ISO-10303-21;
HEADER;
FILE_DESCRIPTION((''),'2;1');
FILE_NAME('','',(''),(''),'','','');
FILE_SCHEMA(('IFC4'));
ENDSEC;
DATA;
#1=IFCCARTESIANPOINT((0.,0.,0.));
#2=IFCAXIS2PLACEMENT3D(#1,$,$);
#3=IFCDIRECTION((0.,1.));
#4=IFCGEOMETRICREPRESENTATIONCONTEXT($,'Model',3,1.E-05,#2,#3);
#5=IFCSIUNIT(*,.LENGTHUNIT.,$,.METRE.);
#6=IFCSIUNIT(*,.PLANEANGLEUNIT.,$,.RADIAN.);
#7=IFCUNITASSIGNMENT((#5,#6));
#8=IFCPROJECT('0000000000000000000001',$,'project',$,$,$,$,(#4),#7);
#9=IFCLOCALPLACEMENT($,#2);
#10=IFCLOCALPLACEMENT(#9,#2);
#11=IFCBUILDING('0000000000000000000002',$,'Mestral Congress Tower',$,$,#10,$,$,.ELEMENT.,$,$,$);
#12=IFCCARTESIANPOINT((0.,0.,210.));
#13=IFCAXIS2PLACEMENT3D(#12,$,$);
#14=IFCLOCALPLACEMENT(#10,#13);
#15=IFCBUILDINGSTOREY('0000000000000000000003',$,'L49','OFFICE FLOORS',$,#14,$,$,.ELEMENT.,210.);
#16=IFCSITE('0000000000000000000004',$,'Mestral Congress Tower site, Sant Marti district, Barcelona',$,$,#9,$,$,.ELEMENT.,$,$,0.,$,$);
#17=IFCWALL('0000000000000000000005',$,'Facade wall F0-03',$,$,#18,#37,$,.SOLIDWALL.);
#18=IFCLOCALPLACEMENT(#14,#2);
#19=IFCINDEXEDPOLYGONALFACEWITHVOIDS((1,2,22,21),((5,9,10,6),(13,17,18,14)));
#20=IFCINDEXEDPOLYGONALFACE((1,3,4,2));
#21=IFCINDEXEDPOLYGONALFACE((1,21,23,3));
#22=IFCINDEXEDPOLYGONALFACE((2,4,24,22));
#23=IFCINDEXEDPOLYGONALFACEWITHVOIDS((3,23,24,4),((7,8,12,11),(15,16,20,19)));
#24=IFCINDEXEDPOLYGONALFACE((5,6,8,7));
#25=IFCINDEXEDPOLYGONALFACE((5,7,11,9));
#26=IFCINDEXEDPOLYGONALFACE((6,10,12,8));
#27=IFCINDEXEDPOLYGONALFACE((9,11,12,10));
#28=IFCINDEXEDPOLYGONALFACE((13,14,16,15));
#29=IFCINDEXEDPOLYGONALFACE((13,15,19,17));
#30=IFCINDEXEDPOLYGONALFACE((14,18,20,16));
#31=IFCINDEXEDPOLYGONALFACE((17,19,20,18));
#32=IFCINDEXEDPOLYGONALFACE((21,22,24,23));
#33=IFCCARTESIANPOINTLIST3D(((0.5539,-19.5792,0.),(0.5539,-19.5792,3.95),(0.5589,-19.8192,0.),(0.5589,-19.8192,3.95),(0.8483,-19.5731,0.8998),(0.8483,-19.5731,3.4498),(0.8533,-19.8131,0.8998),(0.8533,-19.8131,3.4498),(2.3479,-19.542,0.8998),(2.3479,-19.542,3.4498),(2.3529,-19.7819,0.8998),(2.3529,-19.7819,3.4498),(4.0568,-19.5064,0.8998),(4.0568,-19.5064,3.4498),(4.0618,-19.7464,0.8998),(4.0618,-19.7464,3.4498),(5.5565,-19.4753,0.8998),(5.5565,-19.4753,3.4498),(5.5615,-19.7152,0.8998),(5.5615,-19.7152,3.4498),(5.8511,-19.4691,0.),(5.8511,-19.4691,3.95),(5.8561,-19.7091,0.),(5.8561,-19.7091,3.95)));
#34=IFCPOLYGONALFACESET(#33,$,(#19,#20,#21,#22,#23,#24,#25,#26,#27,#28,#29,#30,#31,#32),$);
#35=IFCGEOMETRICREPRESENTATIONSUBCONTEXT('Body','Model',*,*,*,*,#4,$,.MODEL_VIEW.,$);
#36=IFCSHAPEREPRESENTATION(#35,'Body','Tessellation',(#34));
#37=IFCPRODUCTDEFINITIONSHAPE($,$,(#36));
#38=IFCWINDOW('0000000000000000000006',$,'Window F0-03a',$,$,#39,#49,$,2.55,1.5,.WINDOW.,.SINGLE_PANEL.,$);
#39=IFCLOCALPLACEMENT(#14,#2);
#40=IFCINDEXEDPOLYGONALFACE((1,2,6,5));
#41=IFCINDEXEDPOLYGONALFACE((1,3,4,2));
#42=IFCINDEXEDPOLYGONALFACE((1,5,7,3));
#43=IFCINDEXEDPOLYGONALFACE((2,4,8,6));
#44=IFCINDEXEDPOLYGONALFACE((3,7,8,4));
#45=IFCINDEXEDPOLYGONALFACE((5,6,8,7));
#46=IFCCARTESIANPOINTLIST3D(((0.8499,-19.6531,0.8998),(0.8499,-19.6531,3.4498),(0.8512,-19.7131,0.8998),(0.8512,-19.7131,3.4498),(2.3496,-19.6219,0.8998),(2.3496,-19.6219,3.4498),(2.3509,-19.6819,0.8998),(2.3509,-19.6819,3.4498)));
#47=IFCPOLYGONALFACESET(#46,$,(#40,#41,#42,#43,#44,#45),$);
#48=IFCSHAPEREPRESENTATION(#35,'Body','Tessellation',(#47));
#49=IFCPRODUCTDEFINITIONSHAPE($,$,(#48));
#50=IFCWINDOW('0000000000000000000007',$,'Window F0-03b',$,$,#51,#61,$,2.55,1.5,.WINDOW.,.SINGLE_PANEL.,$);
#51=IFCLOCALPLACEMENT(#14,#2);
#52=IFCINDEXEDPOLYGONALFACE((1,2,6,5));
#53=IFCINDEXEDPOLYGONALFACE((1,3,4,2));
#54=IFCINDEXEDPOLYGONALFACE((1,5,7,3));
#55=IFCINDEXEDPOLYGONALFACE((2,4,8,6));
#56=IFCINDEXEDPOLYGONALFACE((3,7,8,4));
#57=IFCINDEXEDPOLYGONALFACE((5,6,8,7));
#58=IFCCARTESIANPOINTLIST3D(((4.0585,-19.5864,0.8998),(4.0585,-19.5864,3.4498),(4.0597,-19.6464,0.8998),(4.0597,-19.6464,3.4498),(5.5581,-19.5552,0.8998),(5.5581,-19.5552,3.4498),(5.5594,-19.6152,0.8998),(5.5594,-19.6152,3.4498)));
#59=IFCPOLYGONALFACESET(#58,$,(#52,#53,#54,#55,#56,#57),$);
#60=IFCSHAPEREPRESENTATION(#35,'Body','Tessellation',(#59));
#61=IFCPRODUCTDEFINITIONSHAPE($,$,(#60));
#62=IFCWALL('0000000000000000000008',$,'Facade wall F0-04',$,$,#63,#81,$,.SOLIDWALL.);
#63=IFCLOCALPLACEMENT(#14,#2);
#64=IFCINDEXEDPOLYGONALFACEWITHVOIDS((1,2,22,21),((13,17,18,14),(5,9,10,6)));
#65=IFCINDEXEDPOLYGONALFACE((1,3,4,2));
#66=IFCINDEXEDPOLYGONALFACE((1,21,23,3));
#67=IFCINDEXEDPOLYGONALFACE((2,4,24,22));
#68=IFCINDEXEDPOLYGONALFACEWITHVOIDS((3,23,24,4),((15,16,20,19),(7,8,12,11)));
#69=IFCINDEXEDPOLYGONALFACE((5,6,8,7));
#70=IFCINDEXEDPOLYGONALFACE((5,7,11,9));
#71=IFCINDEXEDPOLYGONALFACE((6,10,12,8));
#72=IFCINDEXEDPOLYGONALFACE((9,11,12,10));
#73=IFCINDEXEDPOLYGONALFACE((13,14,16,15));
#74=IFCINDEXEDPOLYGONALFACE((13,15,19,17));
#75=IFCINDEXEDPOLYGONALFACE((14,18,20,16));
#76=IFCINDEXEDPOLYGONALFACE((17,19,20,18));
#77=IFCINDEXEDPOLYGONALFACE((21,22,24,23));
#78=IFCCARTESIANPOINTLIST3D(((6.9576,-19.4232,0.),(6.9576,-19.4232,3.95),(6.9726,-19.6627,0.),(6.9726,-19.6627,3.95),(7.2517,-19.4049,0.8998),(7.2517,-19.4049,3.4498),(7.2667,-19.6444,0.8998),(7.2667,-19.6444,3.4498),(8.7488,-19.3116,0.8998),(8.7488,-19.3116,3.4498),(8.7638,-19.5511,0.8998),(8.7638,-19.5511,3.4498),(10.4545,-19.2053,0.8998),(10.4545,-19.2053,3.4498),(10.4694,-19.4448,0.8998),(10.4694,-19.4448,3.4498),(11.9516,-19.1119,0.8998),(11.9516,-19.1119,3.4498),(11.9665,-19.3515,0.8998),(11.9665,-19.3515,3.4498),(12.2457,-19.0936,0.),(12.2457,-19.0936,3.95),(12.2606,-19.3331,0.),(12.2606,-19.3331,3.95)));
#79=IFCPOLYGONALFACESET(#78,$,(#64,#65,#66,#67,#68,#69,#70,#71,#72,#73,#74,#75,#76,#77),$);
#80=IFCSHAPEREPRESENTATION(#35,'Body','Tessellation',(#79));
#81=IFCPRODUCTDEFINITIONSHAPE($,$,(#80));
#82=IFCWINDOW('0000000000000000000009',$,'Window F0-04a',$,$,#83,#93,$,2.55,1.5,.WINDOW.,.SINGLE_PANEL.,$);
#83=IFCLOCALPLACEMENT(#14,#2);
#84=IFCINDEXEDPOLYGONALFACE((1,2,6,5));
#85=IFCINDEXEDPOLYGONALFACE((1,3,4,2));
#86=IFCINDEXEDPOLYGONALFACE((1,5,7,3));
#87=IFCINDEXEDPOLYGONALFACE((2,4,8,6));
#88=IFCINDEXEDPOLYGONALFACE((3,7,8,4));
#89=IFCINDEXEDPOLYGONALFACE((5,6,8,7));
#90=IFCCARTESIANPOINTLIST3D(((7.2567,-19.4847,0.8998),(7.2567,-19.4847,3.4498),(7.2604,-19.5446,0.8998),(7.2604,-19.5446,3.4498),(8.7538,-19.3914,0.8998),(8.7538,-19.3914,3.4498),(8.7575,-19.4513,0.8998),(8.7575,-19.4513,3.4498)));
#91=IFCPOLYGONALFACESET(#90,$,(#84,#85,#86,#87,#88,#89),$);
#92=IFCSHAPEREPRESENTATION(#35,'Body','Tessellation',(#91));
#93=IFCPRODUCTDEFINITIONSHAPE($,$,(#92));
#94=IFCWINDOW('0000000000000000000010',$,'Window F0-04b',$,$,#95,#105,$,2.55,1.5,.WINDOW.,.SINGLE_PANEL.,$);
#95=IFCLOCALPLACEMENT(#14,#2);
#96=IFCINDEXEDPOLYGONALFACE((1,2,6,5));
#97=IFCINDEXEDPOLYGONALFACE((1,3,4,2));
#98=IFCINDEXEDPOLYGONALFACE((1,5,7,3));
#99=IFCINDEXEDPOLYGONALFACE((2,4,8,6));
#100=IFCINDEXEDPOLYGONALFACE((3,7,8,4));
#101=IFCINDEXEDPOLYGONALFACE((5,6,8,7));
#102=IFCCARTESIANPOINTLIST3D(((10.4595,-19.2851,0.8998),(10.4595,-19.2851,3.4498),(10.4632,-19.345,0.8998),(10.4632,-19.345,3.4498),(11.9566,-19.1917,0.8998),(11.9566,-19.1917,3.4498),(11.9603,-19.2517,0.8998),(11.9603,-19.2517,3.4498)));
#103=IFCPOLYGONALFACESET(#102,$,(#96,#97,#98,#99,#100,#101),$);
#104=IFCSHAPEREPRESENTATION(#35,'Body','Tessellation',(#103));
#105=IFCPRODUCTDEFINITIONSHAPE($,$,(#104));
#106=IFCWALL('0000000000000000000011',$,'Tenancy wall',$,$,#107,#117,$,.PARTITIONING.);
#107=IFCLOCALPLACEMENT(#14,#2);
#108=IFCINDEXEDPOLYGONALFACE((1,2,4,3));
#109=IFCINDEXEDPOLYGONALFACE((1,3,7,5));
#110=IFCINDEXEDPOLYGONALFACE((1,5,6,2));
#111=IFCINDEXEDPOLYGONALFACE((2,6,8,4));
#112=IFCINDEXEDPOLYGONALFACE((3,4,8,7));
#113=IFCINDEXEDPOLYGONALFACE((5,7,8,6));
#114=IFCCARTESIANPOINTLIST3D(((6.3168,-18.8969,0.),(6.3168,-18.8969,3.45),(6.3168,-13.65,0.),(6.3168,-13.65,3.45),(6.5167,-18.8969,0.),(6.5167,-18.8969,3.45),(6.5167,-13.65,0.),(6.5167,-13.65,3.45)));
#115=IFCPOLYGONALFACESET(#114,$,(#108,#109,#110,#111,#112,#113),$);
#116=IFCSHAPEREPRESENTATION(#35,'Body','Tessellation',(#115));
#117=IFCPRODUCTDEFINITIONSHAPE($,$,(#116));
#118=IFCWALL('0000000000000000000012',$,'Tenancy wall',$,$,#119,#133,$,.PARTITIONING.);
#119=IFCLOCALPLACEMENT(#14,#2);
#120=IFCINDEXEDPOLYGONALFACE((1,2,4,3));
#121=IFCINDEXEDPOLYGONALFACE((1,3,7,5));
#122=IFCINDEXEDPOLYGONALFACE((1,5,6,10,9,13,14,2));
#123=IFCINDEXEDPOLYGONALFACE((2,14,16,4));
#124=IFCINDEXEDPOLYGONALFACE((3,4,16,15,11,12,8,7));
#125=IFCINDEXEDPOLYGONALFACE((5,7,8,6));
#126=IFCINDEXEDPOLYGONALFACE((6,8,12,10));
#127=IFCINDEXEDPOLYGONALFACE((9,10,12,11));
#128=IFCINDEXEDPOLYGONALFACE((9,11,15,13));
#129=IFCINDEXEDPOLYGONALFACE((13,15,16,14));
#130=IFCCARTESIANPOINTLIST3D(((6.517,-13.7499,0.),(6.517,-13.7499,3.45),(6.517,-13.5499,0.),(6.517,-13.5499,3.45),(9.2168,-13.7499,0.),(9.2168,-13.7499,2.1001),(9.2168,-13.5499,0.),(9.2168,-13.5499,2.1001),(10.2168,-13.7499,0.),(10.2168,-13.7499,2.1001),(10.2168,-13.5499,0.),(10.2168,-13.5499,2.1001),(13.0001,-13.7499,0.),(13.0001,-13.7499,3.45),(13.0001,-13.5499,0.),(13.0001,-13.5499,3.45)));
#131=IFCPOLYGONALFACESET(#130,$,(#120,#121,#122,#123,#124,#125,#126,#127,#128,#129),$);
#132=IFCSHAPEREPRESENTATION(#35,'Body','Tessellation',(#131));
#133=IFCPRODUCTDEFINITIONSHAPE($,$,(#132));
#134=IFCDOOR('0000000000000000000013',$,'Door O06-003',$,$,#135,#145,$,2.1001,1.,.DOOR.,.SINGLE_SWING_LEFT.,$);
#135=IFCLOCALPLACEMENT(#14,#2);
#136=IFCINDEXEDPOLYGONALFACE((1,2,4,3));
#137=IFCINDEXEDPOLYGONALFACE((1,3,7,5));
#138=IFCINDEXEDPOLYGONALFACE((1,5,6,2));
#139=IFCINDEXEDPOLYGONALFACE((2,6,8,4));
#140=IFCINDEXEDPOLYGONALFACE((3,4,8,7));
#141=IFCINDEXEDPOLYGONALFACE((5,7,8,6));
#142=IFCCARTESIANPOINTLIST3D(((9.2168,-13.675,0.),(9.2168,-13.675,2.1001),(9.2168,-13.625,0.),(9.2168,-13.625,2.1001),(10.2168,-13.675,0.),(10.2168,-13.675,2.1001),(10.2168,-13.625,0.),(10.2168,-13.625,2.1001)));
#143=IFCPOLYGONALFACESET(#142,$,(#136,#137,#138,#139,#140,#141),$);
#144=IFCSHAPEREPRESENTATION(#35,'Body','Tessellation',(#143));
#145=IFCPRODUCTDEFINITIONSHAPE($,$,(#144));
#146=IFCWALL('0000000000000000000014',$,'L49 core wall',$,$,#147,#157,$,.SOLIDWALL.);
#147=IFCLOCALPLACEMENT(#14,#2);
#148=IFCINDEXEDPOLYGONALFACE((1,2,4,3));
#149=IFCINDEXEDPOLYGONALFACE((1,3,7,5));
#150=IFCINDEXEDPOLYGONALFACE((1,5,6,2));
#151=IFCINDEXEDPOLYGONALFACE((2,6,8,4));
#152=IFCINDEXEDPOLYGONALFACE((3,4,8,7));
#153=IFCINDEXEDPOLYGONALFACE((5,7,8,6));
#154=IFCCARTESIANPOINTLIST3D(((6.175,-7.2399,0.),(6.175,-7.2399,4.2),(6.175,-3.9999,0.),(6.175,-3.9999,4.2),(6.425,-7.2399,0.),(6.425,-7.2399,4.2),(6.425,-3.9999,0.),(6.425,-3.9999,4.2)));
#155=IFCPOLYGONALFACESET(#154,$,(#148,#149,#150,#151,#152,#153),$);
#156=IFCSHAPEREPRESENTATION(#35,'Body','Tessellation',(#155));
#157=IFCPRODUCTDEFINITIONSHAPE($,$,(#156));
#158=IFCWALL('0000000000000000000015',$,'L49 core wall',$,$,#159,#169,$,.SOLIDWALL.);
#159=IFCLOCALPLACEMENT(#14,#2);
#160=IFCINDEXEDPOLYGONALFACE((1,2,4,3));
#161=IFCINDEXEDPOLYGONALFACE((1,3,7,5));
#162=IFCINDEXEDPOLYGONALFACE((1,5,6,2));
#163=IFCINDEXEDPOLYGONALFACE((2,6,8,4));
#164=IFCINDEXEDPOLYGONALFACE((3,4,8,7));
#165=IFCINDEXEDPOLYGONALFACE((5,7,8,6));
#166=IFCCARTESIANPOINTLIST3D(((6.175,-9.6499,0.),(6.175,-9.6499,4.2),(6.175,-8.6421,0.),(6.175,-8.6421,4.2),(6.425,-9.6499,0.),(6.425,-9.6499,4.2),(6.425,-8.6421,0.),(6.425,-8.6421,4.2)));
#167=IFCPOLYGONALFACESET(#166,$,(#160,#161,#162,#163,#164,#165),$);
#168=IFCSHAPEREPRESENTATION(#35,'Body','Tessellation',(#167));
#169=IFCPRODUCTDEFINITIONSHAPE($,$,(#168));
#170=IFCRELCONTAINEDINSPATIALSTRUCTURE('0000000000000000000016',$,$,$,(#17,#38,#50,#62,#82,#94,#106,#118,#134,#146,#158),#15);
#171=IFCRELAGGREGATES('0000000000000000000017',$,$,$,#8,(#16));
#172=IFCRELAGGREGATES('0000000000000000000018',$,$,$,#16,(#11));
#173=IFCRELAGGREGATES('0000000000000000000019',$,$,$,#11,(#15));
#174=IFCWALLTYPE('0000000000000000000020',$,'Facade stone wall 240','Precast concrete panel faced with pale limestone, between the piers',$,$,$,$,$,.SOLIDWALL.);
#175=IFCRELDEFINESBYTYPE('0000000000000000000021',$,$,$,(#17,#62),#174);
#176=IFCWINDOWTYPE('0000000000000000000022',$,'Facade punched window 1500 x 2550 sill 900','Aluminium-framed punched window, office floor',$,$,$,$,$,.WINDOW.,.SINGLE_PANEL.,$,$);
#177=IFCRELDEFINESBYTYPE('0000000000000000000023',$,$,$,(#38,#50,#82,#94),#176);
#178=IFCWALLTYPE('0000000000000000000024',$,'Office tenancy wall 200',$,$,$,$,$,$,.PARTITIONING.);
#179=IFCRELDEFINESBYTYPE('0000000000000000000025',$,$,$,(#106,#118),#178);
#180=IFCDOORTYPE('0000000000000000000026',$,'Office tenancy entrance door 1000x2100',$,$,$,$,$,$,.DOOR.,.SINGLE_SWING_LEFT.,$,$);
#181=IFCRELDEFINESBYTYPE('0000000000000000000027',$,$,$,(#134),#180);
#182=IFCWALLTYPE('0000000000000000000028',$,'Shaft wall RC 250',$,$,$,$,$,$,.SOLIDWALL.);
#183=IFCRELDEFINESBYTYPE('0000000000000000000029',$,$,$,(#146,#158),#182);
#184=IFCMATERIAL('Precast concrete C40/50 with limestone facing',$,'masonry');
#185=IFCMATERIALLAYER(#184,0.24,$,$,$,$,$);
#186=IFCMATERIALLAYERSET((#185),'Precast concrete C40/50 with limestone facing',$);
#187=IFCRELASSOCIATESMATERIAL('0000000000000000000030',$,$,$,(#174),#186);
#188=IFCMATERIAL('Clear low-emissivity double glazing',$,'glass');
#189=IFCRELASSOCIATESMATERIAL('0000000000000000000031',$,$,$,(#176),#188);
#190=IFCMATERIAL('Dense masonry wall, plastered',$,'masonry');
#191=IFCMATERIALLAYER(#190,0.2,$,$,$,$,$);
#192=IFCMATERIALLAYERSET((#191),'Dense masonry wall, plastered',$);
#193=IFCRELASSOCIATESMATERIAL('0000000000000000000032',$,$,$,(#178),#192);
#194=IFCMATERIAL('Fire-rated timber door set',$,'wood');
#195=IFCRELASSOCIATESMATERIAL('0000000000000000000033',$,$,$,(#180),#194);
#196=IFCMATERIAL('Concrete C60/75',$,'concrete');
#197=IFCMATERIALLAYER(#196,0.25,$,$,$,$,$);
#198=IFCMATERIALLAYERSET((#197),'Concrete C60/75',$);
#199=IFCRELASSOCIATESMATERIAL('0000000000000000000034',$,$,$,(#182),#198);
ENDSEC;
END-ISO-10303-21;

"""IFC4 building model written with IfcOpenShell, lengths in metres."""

from ifc_helpers import new_model, si_unit, direction, frame, frame_2d, origin, place, context, subcontext, project, spatial, rectangle, extrude, material, layer, layer_set, type_object, element, fill, save


model = new_model("IFC4")

# Units and contexts
model_context = context("Model", 3, precision=1e-05, world=origin(), true_north=direction((0.0, 1.0)))
body_context = subcontext(model_context, "Body", "Model", "MODEL_VIEW")
ifc_project = project(units=[si_unit("LENGTHUNIT", "METRE"), si_unit("PLANEANGLEUNIT", "RADIAN")], contexts=[model_context])

# Site, building, storey
site_placement = place(None, origin())
site = spatial("IfcSite", under=ifc_project, at=site_placement, Name="Mestral Congress Tower site, Sant Marti district, Barcelona", CompositionType="ELEMENT", RefElevation=0.0)
building_placement = place(site_placement, origin())
building = spatial("IfcBuilding", under=site, at=building_placement, Name="Mestral Congress Tower", CompositionType="ELEMENT")
storey_placement = place(building_placement, frame((0.0, 0.0, 210.0)))
storey = spatial("IfcBuildingStorey", under=building, at=storey_placement, Name="L49", Description="OFFICE FLOORS", CompositionType="ELEMENT", Elevation=210.0)

# Shared definitions
ifc_material_1 = material(Name="Concrete C60/75", Category="concrete")

# Walls, openings, windows
ifc_material_2 = material(Name="Precast concrete C40/50 with limestone facing", Category="masonry")
ifc_layer_1 = layer(ifc_material_2, 0.24)
ifc_layer_set_1 = layer_set([ifc_layer_1], Name="Precast concrete C40/50 with limestone facing")
wall_type_1 = type_object("IfcWallType", Name="Facade stone wall 240", Description="Precast concrete panel faced with pale limestone, between the piers", PredefinedType="SOLIDWALL", material=ifc_layer_set_1)
wall_1_placement = place(storey_placement, frame((0.5564, -19.6992, 0.0), z_axis=(0.0, 0.0, 1.0), x_axis=(0.999784, 0.020782, 0.0)))
wall_1 = element("IfcWall", 1, at=wall_1_placement, inside=storey, type_object=wall_type_1, Name="Facade wall F0-03", PredefinedType="SOLIDWALL", context=body_context, shape_type="SweptSolid", body=[
    extrude(rectangle(XDim=5.2983, YDim=0.24, at=frame_2d((2.6492, 0.0))), origin(), (0.0, 0.0, 1.0), 3.95),
])
opening_1_placement = place(wall_1_placement, frame((0.2944, 0.0, 0.8999)))
opening_1 = element("IfcOpeningElement", 2, at=opening_1_placement, cuts=wall_1, PredefinedType="OPENING", context=body_context, shape_type="SweptSolid", body=[
    extrude(rectangle(XDim=1.5, YDim=2.55, at=frame_2d((0.75, 1.2749))), frame((0.0, 0.1299, 0.0), z_axis=(0.0, -1.0, 0.0), x_axis=(1.0, 0.0, 0.0)), (0.0, 0.0, 1.0), 0.26),
])
opening_2_placement = place(wall_1_placement, frame((3.5037, 0.0, 0.8999)))
opening_2 = element("IfcOpeningElement", 3, at=opening_2_placement, cuts=wall_1, PredefinedType="OPENING", context=body_context, shape_type="SweptSolid", body=[
    extrude(rectangle(XDim=1.5, YDim=2.55, at=frame_2d((0.75, 1.2749))), frame((0.0, 0.1299, 0.0), z_axis=(0.0, -1.0, 0.0), x_axis=(1.0, 0.0, 0.0)), (0.0, 0.0, 1.0), 0.26),
])
ifc_material_3 = material(Name="Clear low-emissivity double glazing", Category="glass")
window_type = type_object("IfcWindowType", Name="Facade punched window 1500 x 2550 sill 900", Description="Aluminium-framed punched window, office floor", PartitioningType="SINGLE_PANEL", PredefinedType="WINDOW", material=ifc_material_3)
window_1_placement = place(opening_1_placement, origin())
window_1 = element("IfcWindow", 4, at=window_1_placement, inside=storey, type_object=window_type, Name="Window F0-03a", OverallHeight=2.55, OverallWidth=1.5, PartitioningType="SINGLE_PANEL", PredefinedType="WINDOW", context=body_context, shape_type="SweptSolid", body=[
    extrude(rectangle(XDim=1.5, YDim=2.55, at=frame_2d((0.75, 1.2749))), frame((0.0, 0.04, 0.0), z_axis=(0.0, -1.0, 0.0), x_axis=(1.0, 0.0, 0.0)), (0.0, 0.0, 1.0), 0.0601),
])
fill(opening_1, window_1)
window_2_placement = place(opening_2_placement, origin())
window_2 = element("IfcWindow", 5, at=window_2_placement, inside=storey, type_object=window_type, Name="Window F0-03b", OverallHeight=2.55, OverallWidth=1.5, PartitioningType="SINGLE_PANEL", PredefinedType="WINDOW", context=body_context, shape_type="SweptSolid", body=[
    extrude(rectangle(XDim=1.5, YDim=2.55, at=frame_2d((0.75, 1.2749))), frame((0.0, 0.04, 0.0), z_axis=(0.0, -1.0, 0.0), x_axis=(1.0, 0.0, 0.0)), (0.0, 0.0, 1.0), 0.0601),
])
fill(opening_2, window_2)
wall_2_placement = place(storey_placement, frame((6.9651, -19.543, 0.0), z_axis=(0.0, 0.0, 1.0), x_axis=(0.998063, 0.062206, 0.0)))
wall_2 = element("IfcWall", 6, at=wall_2_placement, inside=storey, type_object=wall_type_1, Name="Facade wall F0-04", PredefinedType="SOLIDWALL", context=body_context, shape_type="SweptSolid", body=[
    extrude(rectangle(XDim=5.2983, YDim=0.24, at=frame_2d((2.6492, 0.0))), origin(), (0.0, 0.0, 1.0), 3.95),
])
opening_3_placement = place(wall_2_placement, frame((0.2947, 0.0, 0.8999)))
opening_3 = element("IfcOpeningElement", 7, at=opening_3_placement, cuts=wall_2, PredefinedType="OPENING", context=body_context, shape_type="SweptSolid", body=[
    extrude(rectangle(XDim=1.5, YDim=2.55, at=frame_2d((0.75, 1.2749))), frame((0.0, 0.1299, 0.0), z_axis=(0.0, -1.0, 0.0), x_axis=(1.0, 0.0, 0.0)), (0.0, 0.0, 1.0), 0.26),
])
opening_4_placement = place(wall_2_placement, frame((3.5037, 0.0, 0.8999)))
opening_4 = element("IfcOpeningElement", 8, at=opening_4_placement, cuts=wall_2, PredefinedType="OPENING", context=body_context, shape_type="SweptSolid", body=[
    extrude(rectangle(XDim=1.5, YDim=2.55, at=frame_2d((0.75, 1.2749))), frame((0.0, 0.1299, 0.0), z_axis=(0.0, -1.0, 0.0), x_axis=(1.0, 0.0, 0.0)), (0.0, 0.0, 1.0), 0.26),
])
window_3_placement = place(opening_3_placement, origin())
window_3 = element("IfcWindow", 9, at=window_3_placement, inside=storey, type_object=window_type, Name="Window F0-04a", OverallHeight=2.55, OverallWidth=1.5, PartitioningType="SINGLE_PANEL", PredefinedType="WINDOW", context=body_context, shape_type="SweptSolid", body=[
    extrude(rectangle(XDim=1.5, YDim=2.55, at=frame_2d((0.75, 1.2749))), frame((0.0, 0.04, 0.0), z_axis=(0.0, -1.0, 0.0), x_axis=(1.0, 0.0, 0.0)), (0.0, 0.0, 1.0), 0.0601),
])
fill(opening_3, window_3)
window_4_placement = place(opening_4_placement, origin())
window_4 = element("IfcWindow", 10, at=window_4_placement, inside=storey, type_object=window_type, Name="Window F0-04b", OverallHeight=2.55, OverallWidth=1.5, PartitioningType="SINGLE_PANEL", PredefinedType="WINDOW", context=body_context, shape_type="SweptSolid", body=[
    extrude(rectangle(XDim=1.5, YDim=2.55, at=frame_2d((0.75, 1.2749))), frame((0.0, 0.04, 0.0), z_axis=(0.0, -1.0, 0.0), x_axis=(1.0, 0.0, 0.0)), (0.0, 0.0, 1.0), 0.0601),
])
fill(opening_4, window_4)

# Wall
ifc_material_4 = material(Name="Dense masonry wall, plastered", Category="masonry")
ifc_layer_2 = layer(ifc_material_4, 0.2)
ifc_layer_set_2 = layer_set([ifc_layer_2], Name="Dense masonry wall, plastered")
wall_type_2 = type_object("IfcWallType", Name="Office tenancy wall 200", PredefinedType="PARTITIONING", material=ifc_layer_set_2)
wall_3_placement = place(storey_placement, frame((6.4167, -13.6499, 0.0), z_axis=(0.0, 0.0, 1.0), x_axis=(0.0, -1.0, 0.0)))
element("IfcWall", 11, at=wall_3_placement, inside=storey, type_object=wall_type_2, Name="Tenancy wall", PredefinedType="PARTITIONING", context=body_context, shape_type="SweptSolid", body=[
    extrude(rectangle(XDim=5.2468, YDim=0.2, at=frame_2d((2.6235, 0.0))), origin(), (0.0, 0.0, 1.0), 3.45),
])

# Wall, opening, door
wall_4_placement = place(storey_placement, frame((6.5168, -13.6499, 0.0), z_axis=(0.0, 0.0, 1.0), x_axis=(1.0, 0.0, 0.0)))
wall_4 = element("IfcWall", 12, at=wall_4_placement, inside=storey, type_object=wall_type_2, Name="Tenancy wall", PredefinedType="PARTITIONING", context=body_context, shape_type="SweptSolid", body=[
    extrude(rectangle(XDim=6.4832, YDim=0.2, at=frame_2d((3.2417, 0.0))), origin(), (0.0, 0.0, 1.0), 3.45),
])
opening_5_placement = place(wall_4_placement, frame((2.7, 0.0, 0.0)))
opening_5 = element("IfcOpeningElement", 13, at=opening_5_placement, cuts=wall_4, PredefinedType="OPENING", context=body_context, shape_type="SweptSolid", body=[
    extrude(rectangle(XDim=1.0, YDim=2.1001, at=frame_2d((0.5, 1.05))), frame((0.0, 0.1099, 0.0), z_axis=(0.0, -1.0, 0.0), x_axis=(1.0, 0.0, 0.0)), (0.0, 0.0, 1.0), 0.22),
])
ifc_material_5 = material(Name="Fire-rated timber door set", Category="wood")
door_type_1 = type_object("IfcDoorType", Name="Office tenancy entrance door 1000x2100", OperationType="SINGLE_SWING_LEFT", PredefinedType="DOOR", material=ifc_material_5)
door_1_placement = place(opening_5_placement, origin())
door_1 = element("IfcDoor", 14, at=door_1_placement, inside=storey, type_object=door_type_1, Name="Door O06-003", OperationType="SINGLE_SWING_LEFT", OverallHeight=2.1001, OverallWidth=1.0, PredefinedType="DOOR", context=body_context, shape_type="SweptSolid", body=[
    extrude(rectangle(XDim=1.0, YDim=2.1001, at=frame_2d((0.5, 1.05))), frame((0.0, 0.0249, 0.0), z_axis=(0.0, -1.0, 0.0), x_axis=(1.0, 0.0, 0.0)), (0.0, 0.0, 1.0), 0.05),
])
fill(opening_5, door_1)

# Walls
ifc_layer_3 = layer(ifc_material_1, 0.25)
ifc_layer_set_3 = layer_set([ifc_layer_3], Name="Concrete C60/75")
wall_type_3 = type_object("IfcWallType", Name="Shaft wall RC 250", PredefinedType="SOLIDWALL", material=ifc_layer_set_3)
wall_5_placement = place(storey_placement, frame((6.3, -7.24, 0.0), z_axis=(0.0, 0.0, 1.0), x_axis=(0.0, 1.0, 0.0)))
element("IfcWall", 15, at=wall_5_placement, inside=storey, type_object=wall_type_3, Name="L49 core wall", PredefinedType="SOLIDWALL", context=body_context, shape_type="SweptSolid", body=[
    extrude(rectangle(XDim=3.24, YDim=0.25, at=frame_2d((1.6201, 0.0))), origin(), (0.0, 0.0, 1.0), 4.2),
])
wall_6_placement = place(storey_placement, frame((6.3, -9.6499, 0.0), z_axis=(0.0, 0.0, 1.0), x_axis=(0.0, 1.0, 0.0)))
element("IfcWall", 16, at=wall_6_placement, inside=storey, type_object=wall_type_3, Name="L49 core wall", PredefinedType="SOLIDWALL", context=body_context, shape_type="SweptSolid", body=[
    extrude(rectangle(XDim=1.0078, YDim=0.25, at=frame_2d((0.5039, 0.0))), origin(), (0.0, 0.0, 1.0), 4.2),
])

save(model, "model.ifc")
